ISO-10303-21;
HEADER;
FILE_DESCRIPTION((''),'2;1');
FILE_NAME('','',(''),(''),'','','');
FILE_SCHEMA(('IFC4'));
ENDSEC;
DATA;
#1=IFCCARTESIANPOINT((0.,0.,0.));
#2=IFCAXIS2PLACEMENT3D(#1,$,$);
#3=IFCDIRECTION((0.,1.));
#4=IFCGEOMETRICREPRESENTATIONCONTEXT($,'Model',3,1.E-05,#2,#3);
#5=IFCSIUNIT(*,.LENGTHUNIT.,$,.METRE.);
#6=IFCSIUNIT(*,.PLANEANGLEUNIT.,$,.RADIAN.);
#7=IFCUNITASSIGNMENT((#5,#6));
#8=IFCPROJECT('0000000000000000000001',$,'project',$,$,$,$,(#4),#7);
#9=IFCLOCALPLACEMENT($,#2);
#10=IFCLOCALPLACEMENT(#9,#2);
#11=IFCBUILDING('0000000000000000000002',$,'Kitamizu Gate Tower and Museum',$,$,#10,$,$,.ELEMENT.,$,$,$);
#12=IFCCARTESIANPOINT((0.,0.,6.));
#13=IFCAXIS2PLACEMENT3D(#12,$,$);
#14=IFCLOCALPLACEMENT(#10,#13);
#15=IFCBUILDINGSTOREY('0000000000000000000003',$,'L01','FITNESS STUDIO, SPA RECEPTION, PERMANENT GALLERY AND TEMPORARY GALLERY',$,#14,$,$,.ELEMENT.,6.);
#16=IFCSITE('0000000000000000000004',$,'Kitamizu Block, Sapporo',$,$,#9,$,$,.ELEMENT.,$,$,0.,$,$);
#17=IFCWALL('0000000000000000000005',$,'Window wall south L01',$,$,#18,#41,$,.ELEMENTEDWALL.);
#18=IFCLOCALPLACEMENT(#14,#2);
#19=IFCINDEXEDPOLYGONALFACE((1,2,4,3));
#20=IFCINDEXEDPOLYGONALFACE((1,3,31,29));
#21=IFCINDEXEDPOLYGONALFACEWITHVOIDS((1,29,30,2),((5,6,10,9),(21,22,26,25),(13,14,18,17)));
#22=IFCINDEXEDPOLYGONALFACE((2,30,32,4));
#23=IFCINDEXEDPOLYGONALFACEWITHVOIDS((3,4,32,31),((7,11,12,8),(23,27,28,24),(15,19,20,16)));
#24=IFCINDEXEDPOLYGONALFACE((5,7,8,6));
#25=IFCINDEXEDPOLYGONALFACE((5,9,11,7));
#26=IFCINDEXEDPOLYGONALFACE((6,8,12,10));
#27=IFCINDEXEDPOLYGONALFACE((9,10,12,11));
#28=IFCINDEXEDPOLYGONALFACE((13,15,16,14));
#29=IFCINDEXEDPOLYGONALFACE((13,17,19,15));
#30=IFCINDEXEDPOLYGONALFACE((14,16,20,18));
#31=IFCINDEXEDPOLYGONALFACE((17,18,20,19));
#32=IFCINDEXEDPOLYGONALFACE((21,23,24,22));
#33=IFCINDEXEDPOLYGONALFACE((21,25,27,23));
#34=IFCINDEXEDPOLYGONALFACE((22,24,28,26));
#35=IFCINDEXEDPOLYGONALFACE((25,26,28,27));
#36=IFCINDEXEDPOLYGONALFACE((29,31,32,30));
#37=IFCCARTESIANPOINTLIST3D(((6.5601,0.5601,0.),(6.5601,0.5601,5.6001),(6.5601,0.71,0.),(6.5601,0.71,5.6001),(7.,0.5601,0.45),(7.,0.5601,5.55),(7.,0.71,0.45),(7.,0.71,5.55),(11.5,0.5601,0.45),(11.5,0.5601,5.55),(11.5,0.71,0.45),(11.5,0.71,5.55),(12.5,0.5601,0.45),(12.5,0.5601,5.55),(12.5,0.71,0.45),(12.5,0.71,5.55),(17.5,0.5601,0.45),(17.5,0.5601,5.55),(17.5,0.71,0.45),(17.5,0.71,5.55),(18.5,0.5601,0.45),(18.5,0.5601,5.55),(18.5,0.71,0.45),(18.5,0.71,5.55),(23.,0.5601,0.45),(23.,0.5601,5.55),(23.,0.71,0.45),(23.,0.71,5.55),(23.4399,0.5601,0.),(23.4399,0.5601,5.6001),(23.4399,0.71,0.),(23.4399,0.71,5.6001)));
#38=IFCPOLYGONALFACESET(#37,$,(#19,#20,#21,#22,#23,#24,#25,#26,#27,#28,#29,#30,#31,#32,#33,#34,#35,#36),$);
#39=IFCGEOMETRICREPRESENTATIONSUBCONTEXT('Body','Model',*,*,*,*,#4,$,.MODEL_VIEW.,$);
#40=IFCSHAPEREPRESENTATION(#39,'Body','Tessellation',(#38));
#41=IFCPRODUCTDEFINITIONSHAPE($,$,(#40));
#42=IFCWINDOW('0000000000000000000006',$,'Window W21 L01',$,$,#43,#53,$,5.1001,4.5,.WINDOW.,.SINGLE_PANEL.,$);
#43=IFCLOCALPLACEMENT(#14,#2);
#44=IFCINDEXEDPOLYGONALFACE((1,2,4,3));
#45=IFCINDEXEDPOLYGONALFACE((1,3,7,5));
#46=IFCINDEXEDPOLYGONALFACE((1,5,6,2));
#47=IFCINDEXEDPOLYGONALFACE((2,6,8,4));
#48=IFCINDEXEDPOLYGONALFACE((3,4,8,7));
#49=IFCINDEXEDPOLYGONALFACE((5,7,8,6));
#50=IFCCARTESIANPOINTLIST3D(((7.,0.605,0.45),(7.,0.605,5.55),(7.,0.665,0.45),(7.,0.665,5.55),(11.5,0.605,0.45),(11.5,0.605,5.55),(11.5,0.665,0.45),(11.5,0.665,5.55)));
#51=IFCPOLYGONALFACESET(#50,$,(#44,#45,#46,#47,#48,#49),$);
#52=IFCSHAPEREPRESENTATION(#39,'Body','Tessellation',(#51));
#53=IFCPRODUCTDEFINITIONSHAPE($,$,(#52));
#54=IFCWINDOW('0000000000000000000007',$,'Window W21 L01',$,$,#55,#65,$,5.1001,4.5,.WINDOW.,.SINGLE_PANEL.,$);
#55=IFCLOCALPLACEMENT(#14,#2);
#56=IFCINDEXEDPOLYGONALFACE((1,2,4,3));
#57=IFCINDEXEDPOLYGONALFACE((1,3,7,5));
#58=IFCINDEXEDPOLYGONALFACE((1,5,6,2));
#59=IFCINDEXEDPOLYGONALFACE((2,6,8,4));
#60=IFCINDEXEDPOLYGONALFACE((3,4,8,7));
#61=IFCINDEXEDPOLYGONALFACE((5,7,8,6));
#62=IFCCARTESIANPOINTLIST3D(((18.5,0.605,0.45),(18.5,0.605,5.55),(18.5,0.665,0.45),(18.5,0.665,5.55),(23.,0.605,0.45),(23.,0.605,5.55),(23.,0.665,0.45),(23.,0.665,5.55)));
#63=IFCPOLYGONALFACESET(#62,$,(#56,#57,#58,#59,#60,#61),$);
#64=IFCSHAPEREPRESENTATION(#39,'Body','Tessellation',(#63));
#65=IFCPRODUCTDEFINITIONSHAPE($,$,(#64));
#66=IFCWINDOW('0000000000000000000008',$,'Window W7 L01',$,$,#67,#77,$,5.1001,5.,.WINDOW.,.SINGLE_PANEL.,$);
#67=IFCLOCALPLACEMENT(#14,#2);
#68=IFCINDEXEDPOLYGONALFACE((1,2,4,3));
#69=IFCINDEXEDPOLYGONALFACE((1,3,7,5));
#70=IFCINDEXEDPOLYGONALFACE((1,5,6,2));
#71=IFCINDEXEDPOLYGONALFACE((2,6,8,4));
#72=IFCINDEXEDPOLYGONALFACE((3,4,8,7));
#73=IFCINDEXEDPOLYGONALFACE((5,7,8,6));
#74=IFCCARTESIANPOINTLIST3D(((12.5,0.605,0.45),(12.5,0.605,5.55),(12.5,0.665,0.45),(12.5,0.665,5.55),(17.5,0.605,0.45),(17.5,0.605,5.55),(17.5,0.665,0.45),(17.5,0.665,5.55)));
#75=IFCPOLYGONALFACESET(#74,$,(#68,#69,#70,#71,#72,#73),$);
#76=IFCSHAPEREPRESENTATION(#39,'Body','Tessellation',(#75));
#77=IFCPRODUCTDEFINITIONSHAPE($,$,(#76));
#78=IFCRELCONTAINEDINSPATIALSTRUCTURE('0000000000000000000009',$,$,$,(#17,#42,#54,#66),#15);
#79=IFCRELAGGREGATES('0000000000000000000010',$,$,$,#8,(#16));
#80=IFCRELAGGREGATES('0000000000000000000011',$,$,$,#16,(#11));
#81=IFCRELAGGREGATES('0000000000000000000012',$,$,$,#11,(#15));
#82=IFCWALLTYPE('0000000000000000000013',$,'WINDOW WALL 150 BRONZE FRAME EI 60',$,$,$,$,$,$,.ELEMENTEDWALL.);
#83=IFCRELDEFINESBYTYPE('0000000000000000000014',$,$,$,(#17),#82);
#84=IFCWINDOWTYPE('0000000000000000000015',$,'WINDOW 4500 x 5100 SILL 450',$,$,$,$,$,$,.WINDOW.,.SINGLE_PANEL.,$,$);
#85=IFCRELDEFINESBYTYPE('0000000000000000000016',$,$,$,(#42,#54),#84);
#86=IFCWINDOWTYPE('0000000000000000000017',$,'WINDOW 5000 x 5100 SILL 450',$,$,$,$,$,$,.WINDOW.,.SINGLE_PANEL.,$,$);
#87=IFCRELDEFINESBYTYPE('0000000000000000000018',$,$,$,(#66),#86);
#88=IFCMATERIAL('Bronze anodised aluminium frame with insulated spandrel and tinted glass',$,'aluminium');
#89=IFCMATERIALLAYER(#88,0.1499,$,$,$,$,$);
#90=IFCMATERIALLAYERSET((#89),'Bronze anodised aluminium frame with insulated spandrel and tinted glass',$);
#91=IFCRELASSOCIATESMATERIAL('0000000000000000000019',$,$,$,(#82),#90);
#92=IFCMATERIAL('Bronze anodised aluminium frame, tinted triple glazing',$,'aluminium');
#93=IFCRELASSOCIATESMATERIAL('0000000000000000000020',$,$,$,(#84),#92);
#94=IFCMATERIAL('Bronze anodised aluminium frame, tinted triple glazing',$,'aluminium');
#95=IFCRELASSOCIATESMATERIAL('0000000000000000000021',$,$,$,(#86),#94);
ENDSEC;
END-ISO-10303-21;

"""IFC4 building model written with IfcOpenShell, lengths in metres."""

from ifc_helpers import new_model, si_unit, direction, frame, frame_2d, origin, place, context, subcontext, project, spatial, rectangle, extrude, material, layer, layer_set, type_object, element, fill, save


model = new_model("IFC4")

# Units and contexts
model_context = context("Model", 3, precision=1e-05, world=origin(), true_north=direction((0.0, 1.0)))
body_context = subcontext(model_context, "Body", "Model", "MODEL_VIEW")
ifc_project = project(units=[si_unit("LENGTHUNIT", "METRE"), si_unit("PLANEANGLEUNIT", "RADIAN")], contexts=[model_context])

# Site, building, storey
site_placement = place(None, origin())
site = spatial("IfcSite", under=ifc_project, at=site_placement, Name="Kitamizu Block, Sapporo", CompositionType="ELEMENT", RefElevation=0.0)
building_placement = place(site_placement, origin())
building = spatial("IfcBuilding", under=site, at=building_placement, Name="Kitamizu Gate Tower and Museum", CompositionType="ELEMENT")
storey_placement = place(building_placement, frame((0.0, 0.0, 6.0)))
storey = spatial("IfcBuildingStorey", under=building, at=storey_placement, Name="L01", Description="FITNESS STUDIO, SPA RECEPTION, PERMANENT GALLERY AND TEMPORARY GALLERY", CompositionType="ELEMENT", Elevation=6.0)

# Shared definitions
ifc_material_1 = material(Name="Bronze anodised aluminium frame with insulated spandrel and tinted glass", Category="aluminium")
ifc_layer_1 = layer(ifc_material_1, 0.1499)
ifc_layer_set_1 = layer_set([ifc_layer_1], Name="Bronze anodised aluminium frame with insulated spandrel and tinted glass")
wall_type = type_object("IfcWallType", Name="WINDOW WALL 150 BRONZE FRAME EI 60", PredefinedType="ELEMENTEDWALL", material=ifc_layer_set_1)

# Wall, openings, windows
wall_1_placement = place(storey_placement, frame((6.5601, 0.635, 0.0), z_axis=(0.0, 0.0, 1.0), x_axis=(1.0, 0.0, 0.0)))
wall_1 = element("IfcWall", 1, at=wall_1_placement, inside=storey, type_object=wall_type, Name="Window wall south L01", PredefinedType="ELEMENTEDWALL", context=body_context, shape_type="SweptSolid", body=[
    extrude(rectangle(XDim=16.8799, YDim=0.1499, at=frame_2d((8.4399, 0.0))), origin(), (0.0, 0.0, 1.0), 5.6001),
])
opening_1_placement = place(wall_1_placement, frame((0.4399, 0.0, 0.45)))
opening_1 = element("IfcOpeningElement", 2, at=opening_1_placement, cuts=wall_1, PredefinedType="OPENING", context=body_context, shape_type="SweptSolid", body=[
    extrude(rectangle(XDim=4.5, YDim=5.1001, at=frame_2d((2.25, 2.55))), frame((0.0, 0.085, 0.0), z_axis=(0.0, -1.0, 0.0), x_axis=(1.0, 0.0, 0.0)), (0.0, 0.0, 1.0), 0.1699),
])
opening_2_placement = place(wall_1_placement, frame((5.9399, 0.0, 0.45)))
opening_2 = element("IfcOpeningElement", 3, at=opening_2_placement, cuts=wall_1, PredefinedType="OPENING", context=body_context, shape_type="SweptSolid", body=[
    extrude(rectangle(XDim=5.0, YDim=5.1001, at=frame_2d((2.5, 2.55))), frame((0.0, 0.085, 0.0), z_axis=(0.0, -1.0, 0.0), x_axis=(1.0, 0.0, 0.0)), (0.0, 0.0, 1.0), 0.1699),
])
opening_3_placement = place(wall_1_placement, frame((11.9399, 0.0, 0.45)))
opening_3 = element("IfcOpeningElement", 4, at=opening_3_placement, cuts=wall_1, PredefinedType="OPENING", context=body_context, shape_type="SweptSolid", body=[
    extrude(rectangle(XDim=4.5, YDim=5.1001, at=frame_2d((2.25, 2.55))), frame((0.0, 0.085, 0.0), z_axis=(0.0, -1.0, 0.0), x_axis=(1.0, 0.0, 0.0)), (0.0, 0.0, 1.0), 0.1699),
])
ifc_material_2 = material(Name="Bronze anodised aluminium frame, tinted triple glazing", Category="aluminium")
window_type_1 = type_object("IfcWindowType", Name="WINDOW 4500 x 5100 SILL 450", PartitioningType="SINGLE_PANEL", PredefinedType="WINDOW", material=ifc_material_2)
window_1_placement = place(opening_1_placement, origin())
window_1 = element("IfcWindow", 5, at=window_1_placement, inside=storey, type_object=window_type_1, Name="Window W21 L01", OverallHeight=5.1001, OverallWidth=4.5, PartitioningType="SINGLE_PANEL", PredefinedType="WINDOW", context=body_context, shape_type="SweptSolid", body=[
    extrude(rectangle(XDim=4.5, YDim=5.1001, at=frame_2d((2.25, 2.55))), frame((0.0, 0.03, 0.0), z_axis=(0.0, -1.0, 0.0), x_axis=(1.0, 0.0, 0.0)), (0.0, 0.0, 1.0), 0.0601),
])
fill(opening_1, window_1)
window_2_placement = place(opening_3_placement, origin())
window_2 = element("IfcWindow", 6, at=window_2_placement, inside=storey, type_object=window_type_1, Name="Window W21 L01", OverallHeight=5.1001, OverallWidth=4.5, PartitioningType="SINGLE_PANEL", PredefinedType="WINDOW", context=body_context, shape_type="SweptSolid", body=[
    extrude(rectangle(XDim=4.5, YDim=5.1001, at=frame_2d((2.25, 2.55))), frame((0.0, 0.03, 0.0), z_axis=(0.0, -1.0, 0.0), x_axis=(1.0, 0.0, 0.0)), (0.0, 0.0, 1.0), 0.0601),
])
fill(opening_3, window_2)
ifc_material_3 = material(Name="Bronze anodised aluminium frame, tinted triple glazing", Category="aluminium")
window_type_2 = type_object("IfcWindowType", Name="WINDOW 5000 x 5100 SILL 450", PartitioningType="SINGLE_PANEL", PredefinedType="WINDOW", material=ifc_material_3)
window_3_placement = place(opening_2_placement, origin())
window_3 = element("IfcWindow", 7, at=window_3_placement, inside=storey, type_object=window_type_2, Name="Window W7 L01", OverallHeight=5.1001, OverallWidth=5.0, PartitioningType="SINGLE_PANEL", PredefinedType="WINDOW", context=body_context, shape_type="SweptSolid", body=[
    extrude(rectangle(XDim=5.0, YDim=5.1001, at=frame_2d((2.5, 2.55))), frame((0.0, 0.03, 0.0), z_axis=(0.0, -1.0, 0.0), x_axis=(1.0, 0.0, 0.0)), (0.0, 0.0, 1.0), 0.0601),
])
fill(opening_2, window_3)

save(model, "model.ifc")
